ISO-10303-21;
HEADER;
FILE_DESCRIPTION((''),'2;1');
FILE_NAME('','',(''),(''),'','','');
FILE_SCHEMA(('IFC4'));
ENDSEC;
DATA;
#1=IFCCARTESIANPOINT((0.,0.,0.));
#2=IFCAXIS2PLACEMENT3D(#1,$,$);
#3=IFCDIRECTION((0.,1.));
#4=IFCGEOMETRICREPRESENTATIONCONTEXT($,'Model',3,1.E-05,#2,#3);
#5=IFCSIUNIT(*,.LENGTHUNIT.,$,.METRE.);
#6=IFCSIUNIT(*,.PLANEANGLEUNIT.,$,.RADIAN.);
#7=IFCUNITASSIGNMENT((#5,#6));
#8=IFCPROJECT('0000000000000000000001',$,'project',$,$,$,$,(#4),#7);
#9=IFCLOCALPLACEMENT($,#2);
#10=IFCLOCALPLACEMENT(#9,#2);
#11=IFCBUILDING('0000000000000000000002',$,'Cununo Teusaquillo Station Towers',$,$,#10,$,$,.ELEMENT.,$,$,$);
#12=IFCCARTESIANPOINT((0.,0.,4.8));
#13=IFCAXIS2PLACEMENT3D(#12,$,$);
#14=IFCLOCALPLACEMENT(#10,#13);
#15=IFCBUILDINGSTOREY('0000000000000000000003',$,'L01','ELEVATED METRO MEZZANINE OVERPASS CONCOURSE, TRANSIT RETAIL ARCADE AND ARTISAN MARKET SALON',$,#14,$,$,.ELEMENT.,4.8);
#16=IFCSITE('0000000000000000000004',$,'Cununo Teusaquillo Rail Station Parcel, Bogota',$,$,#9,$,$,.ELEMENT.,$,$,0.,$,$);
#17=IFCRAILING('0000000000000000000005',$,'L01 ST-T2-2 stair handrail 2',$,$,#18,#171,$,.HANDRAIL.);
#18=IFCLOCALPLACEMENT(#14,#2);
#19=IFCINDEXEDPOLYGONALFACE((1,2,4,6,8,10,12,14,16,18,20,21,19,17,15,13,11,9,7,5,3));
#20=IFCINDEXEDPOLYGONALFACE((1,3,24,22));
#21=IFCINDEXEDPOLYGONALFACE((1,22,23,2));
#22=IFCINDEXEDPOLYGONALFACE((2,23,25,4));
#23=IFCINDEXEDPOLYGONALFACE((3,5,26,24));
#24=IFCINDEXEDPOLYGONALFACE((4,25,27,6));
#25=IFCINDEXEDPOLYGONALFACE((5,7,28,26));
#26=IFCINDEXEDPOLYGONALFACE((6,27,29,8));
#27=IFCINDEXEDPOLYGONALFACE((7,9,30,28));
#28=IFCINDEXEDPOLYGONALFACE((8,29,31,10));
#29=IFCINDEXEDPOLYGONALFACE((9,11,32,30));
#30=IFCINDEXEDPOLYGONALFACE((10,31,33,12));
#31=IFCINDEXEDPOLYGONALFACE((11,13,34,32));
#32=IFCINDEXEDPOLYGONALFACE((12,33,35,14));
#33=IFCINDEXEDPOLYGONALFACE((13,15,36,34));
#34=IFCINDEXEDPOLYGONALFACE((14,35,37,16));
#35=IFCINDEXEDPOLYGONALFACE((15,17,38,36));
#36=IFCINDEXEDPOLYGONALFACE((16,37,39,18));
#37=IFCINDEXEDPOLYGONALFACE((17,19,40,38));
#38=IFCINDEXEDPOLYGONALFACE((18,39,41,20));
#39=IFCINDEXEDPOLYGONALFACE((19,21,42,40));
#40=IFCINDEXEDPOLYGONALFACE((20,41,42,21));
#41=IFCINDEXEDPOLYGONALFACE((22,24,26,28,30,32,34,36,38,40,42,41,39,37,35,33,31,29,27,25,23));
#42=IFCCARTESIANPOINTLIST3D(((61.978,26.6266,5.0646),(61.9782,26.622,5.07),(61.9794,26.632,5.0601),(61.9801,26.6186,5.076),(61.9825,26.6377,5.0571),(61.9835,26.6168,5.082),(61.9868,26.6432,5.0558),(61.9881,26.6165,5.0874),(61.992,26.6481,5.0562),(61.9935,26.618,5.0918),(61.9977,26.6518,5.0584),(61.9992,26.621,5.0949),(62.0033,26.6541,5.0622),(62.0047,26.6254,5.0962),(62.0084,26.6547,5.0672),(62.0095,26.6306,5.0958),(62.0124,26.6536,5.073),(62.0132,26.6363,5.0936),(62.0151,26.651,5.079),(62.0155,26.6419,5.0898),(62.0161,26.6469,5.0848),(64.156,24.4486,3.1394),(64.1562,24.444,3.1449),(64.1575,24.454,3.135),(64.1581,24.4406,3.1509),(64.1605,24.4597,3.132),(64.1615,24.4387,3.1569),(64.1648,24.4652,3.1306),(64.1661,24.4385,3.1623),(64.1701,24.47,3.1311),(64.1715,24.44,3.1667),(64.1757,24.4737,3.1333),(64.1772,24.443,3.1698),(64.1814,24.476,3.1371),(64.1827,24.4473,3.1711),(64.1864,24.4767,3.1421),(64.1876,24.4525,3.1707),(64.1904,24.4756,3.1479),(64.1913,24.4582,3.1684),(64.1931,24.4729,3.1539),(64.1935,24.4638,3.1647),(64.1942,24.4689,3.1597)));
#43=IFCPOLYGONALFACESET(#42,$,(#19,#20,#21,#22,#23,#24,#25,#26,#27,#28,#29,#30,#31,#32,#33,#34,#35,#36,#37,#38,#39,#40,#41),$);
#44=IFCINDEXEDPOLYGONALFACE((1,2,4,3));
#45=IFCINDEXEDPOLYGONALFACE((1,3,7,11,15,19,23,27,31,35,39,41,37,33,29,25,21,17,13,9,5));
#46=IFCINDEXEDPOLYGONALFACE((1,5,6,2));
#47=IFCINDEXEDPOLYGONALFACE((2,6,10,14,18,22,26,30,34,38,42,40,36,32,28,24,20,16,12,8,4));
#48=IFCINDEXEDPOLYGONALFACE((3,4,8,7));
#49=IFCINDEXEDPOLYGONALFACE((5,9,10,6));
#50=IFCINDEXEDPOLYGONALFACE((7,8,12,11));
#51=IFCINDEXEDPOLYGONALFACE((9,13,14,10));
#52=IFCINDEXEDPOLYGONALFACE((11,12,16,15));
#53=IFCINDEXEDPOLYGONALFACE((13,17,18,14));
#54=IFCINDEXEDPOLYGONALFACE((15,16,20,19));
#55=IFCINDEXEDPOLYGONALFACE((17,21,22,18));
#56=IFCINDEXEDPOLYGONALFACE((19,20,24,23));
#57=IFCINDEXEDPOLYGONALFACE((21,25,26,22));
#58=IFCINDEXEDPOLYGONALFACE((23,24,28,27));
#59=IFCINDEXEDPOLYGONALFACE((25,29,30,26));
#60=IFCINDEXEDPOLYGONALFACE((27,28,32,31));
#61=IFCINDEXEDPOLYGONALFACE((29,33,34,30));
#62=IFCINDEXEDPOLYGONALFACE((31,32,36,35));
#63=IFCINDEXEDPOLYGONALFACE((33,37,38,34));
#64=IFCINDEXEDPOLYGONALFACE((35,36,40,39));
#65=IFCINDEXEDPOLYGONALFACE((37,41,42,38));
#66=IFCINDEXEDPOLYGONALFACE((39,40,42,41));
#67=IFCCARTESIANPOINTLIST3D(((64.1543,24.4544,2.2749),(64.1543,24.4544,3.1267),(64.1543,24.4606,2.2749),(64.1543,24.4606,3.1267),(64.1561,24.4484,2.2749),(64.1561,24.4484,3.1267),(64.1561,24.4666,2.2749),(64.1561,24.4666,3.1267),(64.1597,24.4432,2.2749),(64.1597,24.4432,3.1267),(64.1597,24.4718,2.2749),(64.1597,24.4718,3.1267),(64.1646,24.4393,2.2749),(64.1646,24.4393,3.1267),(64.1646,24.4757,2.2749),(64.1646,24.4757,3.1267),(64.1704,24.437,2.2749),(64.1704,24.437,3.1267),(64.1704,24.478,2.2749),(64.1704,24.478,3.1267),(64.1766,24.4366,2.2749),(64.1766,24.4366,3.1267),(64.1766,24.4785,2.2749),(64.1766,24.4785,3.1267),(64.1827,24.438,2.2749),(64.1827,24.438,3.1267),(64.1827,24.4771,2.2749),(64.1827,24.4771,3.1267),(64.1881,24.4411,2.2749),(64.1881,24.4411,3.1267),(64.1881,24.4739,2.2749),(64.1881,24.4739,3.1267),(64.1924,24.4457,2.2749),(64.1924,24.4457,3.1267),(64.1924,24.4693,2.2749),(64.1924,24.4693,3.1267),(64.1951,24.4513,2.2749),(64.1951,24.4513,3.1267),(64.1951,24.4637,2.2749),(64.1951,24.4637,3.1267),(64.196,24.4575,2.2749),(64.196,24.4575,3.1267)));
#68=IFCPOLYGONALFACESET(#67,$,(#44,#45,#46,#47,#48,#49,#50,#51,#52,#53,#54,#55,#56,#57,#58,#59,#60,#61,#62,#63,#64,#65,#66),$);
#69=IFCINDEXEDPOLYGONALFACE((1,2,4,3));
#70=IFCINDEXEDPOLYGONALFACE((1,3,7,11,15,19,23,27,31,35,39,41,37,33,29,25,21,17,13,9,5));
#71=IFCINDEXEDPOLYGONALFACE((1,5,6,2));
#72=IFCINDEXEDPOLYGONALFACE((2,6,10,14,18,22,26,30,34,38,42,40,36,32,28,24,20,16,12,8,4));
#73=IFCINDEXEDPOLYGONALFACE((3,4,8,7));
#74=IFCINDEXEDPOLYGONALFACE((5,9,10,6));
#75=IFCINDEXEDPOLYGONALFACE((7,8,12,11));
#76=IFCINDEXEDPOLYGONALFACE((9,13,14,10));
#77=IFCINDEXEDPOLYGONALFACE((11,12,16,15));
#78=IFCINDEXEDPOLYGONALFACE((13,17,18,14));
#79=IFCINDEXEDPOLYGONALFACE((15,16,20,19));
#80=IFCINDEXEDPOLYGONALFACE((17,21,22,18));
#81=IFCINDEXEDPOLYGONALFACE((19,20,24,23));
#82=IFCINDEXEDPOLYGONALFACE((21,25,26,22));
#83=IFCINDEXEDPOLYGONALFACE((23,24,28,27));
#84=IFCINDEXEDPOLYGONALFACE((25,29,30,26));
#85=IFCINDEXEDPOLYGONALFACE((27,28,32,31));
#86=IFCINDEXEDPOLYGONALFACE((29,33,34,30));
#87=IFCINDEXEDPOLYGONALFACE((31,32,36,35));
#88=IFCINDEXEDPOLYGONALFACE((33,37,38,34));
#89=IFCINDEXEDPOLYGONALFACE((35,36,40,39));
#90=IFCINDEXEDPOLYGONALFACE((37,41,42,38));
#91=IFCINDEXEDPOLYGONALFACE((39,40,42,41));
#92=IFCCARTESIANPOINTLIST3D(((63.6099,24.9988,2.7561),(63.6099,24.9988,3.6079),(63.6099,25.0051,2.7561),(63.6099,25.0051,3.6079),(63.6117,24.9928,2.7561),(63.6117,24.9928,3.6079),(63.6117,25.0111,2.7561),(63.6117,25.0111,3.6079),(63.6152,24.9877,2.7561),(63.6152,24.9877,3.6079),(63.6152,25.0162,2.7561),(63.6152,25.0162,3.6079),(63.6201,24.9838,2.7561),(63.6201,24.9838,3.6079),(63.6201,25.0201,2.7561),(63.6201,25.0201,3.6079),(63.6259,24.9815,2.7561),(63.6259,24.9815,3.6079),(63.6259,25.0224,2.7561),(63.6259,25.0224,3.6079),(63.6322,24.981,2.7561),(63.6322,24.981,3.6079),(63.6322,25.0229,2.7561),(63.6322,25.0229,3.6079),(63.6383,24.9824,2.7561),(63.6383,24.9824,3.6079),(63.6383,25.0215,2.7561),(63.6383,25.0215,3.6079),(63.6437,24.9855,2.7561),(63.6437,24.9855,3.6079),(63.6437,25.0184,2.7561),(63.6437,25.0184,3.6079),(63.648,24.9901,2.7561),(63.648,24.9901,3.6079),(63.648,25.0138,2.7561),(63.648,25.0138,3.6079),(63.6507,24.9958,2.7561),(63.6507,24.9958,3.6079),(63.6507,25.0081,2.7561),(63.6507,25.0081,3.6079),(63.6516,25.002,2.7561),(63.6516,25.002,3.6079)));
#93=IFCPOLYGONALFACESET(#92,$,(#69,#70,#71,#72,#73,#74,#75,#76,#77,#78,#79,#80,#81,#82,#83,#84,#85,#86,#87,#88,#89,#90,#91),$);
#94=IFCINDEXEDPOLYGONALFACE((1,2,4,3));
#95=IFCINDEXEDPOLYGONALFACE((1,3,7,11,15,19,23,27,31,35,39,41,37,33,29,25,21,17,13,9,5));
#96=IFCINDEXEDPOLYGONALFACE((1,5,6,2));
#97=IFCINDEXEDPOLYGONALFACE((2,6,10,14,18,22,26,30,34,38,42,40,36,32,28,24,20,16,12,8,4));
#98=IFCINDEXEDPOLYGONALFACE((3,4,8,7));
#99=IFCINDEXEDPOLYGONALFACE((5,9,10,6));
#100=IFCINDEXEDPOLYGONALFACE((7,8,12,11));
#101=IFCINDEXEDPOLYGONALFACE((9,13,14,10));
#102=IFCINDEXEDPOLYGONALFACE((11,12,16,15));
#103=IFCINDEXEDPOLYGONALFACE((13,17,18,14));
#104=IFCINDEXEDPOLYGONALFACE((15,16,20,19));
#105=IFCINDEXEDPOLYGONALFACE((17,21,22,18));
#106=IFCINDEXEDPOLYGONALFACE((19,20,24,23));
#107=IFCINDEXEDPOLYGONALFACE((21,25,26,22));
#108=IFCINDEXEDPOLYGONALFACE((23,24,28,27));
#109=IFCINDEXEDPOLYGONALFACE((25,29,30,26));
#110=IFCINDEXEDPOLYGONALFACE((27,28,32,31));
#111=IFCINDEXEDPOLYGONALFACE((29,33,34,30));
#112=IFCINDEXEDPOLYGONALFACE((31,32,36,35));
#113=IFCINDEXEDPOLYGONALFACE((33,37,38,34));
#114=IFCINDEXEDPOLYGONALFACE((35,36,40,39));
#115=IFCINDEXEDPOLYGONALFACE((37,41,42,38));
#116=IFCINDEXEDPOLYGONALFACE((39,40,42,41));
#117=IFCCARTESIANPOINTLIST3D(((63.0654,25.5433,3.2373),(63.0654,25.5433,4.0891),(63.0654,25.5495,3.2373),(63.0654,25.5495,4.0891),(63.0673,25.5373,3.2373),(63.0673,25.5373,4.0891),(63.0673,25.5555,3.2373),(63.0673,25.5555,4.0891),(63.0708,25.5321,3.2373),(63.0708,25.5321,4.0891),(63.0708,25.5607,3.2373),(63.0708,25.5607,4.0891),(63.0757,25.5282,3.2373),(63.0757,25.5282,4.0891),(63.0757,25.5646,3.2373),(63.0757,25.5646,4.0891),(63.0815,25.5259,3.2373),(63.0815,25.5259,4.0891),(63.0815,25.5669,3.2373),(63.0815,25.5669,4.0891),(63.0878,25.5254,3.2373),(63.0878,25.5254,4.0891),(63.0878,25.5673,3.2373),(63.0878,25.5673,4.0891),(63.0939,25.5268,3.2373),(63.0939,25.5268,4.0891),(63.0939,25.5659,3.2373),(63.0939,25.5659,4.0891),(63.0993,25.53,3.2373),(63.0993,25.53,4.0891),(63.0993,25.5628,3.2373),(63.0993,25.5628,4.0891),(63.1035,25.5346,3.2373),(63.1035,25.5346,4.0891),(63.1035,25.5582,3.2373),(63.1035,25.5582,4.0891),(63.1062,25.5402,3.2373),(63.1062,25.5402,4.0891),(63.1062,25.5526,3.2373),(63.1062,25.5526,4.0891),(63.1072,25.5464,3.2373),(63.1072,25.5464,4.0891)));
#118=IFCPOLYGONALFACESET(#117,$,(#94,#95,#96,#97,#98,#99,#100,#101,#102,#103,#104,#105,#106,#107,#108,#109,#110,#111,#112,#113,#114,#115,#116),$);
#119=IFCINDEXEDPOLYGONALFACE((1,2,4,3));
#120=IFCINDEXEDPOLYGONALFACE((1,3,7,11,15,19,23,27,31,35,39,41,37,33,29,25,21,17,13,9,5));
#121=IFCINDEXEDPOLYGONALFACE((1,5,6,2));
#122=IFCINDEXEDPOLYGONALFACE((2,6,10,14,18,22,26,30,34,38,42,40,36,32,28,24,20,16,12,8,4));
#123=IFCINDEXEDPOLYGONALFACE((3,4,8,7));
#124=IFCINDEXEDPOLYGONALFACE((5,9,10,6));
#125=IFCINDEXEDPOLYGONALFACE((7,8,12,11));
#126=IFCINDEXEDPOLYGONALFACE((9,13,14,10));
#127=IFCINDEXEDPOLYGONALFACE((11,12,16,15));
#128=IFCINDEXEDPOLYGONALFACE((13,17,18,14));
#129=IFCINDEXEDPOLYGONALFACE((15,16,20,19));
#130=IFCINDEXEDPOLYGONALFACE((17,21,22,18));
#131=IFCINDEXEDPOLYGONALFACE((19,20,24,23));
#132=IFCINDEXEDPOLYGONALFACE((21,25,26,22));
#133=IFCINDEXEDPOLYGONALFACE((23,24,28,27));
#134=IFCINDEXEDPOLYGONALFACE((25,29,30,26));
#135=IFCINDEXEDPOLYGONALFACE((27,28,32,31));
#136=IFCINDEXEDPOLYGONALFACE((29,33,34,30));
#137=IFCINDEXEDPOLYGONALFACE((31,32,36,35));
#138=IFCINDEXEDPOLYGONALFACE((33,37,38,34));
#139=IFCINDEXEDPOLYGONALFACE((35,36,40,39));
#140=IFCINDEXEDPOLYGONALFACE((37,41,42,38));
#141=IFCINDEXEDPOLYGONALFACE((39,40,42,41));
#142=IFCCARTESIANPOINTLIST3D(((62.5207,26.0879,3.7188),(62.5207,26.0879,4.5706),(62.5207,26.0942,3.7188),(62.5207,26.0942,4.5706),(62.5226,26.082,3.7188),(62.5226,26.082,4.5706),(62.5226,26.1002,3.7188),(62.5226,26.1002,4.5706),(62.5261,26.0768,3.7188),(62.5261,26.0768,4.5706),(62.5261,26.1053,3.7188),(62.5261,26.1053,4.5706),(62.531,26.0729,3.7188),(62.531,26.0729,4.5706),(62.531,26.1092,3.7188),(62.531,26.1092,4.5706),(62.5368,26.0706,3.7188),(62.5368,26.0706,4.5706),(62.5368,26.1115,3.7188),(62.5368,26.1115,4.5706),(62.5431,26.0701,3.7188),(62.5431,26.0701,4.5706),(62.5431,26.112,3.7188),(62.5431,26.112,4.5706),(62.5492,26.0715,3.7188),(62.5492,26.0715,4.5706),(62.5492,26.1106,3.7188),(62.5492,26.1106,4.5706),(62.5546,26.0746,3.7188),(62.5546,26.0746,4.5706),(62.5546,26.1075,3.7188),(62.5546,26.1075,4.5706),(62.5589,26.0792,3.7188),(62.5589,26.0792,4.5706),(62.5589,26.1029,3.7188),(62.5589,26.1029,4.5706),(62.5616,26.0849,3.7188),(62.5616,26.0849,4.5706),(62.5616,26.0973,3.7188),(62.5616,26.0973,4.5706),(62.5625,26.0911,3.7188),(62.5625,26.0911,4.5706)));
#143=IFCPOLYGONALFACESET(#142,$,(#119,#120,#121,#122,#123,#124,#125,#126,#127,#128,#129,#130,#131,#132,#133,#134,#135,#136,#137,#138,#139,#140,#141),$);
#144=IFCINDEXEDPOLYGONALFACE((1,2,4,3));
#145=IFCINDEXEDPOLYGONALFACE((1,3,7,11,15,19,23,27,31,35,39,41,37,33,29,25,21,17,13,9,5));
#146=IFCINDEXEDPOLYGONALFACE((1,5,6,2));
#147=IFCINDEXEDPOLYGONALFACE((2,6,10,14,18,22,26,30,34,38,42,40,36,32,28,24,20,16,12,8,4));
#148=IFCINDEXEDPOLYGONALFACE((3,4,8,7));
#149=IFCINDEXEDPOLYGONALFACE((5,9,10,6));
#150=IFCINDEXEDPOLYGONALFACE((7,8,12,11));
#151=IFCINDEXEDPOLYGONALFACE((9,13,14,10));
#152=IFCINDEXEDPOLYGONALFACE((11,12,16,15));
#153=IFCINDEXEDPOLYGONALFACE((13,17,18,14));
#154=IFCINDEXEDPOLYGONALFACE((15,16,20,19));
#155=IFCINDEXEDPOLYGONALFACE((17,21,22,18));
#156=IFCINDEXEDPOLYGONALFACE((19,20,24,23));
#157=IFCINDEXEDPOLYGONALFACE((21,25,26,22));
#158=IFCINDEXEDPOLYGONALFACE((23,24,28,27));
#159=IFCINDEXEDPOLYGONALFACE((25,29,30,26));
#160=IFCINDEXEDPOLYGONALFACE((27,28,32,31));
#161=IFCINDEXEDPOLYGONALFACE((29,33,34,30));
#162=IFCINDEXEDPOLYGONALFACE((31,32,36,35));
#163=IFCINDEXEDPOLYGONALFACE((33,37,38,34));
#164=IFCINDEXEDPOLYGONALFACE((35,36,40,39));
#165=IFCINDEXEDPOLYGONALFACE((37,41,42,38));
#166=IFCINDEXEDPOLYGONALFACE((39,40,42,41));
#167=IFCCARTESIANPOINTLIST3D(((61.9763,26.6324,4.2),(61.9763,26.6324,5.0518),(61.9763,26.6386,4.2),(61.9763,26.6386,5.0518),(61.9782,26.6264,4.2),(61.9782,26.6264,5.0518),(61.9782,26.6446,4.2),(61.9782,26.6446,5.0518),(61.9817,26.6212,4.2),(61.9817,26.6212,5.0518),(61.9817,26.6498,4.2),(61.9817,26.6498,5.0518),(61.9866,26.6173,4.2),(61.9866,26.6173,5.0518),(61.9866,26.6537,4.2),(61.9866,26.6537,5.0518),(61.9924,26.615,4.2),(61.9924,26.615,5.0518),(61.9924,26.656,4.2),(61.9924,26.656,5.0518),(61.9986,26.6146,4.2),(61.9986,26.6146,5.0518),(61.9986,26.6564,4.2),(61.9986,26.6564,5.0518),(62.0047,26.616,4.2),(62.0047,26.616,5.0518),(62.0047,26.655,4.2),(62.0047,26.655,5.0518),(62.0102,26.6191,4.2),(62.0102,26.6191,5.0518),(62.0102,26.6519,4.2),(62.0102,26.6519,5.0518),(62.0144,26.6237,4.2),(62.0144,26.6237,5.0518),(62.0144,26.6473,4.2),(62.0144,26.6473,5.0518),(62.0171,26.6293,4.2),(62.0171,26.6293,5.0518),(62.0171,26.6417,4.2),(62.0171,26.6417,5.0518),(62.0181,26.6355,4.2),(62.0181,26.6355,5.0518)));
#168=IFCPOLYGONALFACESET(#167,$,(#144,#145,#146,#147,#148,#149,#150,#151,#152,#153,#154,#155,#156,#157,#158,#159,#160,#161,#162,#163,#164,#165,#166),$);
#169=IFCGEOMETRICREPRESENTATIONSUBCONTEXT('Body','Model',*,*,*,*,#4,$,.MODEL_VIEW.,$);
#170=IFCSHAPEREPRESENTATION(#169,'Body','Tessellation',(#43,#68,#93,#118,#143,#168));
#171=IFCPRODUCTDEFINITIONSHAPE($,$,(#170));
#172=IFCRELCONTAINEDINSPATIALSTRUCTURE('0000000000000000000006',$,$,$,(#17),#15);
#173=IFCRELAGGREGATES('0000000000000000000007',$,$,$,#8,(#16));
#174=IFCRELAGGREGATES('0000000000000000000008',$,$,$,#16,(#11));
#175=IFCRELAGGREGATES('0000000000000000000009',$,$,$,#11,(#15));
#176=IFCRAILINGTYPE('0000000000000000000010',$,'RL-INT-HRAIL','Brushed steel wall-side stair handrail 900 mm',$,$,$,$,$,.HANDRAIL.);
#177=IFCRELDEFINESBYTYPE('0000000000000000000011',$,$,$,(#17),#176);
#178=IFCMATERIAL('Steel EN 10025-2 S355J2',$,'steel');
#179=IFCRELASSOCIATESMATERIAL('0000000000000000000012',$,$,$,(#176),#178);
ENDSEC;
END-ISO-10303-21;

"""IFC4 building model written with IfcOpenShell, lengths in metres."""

from ifc_helpers import new_model, si_unit, direction, frame, origin, origin_2d, place, context, subcontext, project, spatial, circle, extrude, material, type_object, element, save


model = new_model("IFC4")

# Units and contexts
model_context = context("Model", 3, precision=1e-05, world=origin(), true_north=direction((0.0, 1.0)))
body_context = subcontext(model_context, "Body", "Model", "MODEL_VIEW")
ifc_project = project(units=[si_unit("LENGTHUNIT", "METRE"), si_unit("PLANEANGLEUNIT", "RADIAN")], contexts=[model_context])

# Site, building, storey
site_placement = place(None, origin())
site = spatial("IfcSite", under=ifc_project, at=site_placement, Name="Cununo Teusaquillo Rail Station Parcel, Bogota", CompositionType="ELEMENT", RefElevation=0.0)
building_placement = place(site_placement, origin())
building = spatial("IfcBuilding", under=site, at=building_placement, Name="Cununo Teusaquillo Station Towers", CompositionType="ELEMENT")
storey_placement = place(building_placement, frame((0.0, 0.0, 4.8)))
storey = spatial("IfcBuildingStorey", under=building, at=storey_placement, Name="L01", Description="ELEVATED METRO MEZZANINE OVERPASS CONCOURSE, TRANSIT RETAIL ARCADE AND ARTISAN MARKET SALON", CompositionType="ELEMENT", Elevation=4.8)

# Railing
ifc_material_1 = material(Name="Steel EN 10025-2 S355J2", Category="steel")
railing_type_1 = type_object("IfcRailingType", Name="RL-INT-HRAIL", Description="Brushed steel wall-side stair handrail 900 mm", PredefinedType="HANDRAIL", material=ifc_material_1)
railing_1_placement = place(storey_placement, frame((64.175, 24.4575, 2.2749)))
element("IfcRailing", 1, at=railing_1_placement, inside=storey, type_object=railing_type_1, Name="L01 ST-T2-2 stair handrail 2", PredefinedType="HANDRAIL", context=body_context, shape_type="SweptSolid", body=[
    extrude(circle(Radius=0.0239, at=origin_2d()), frame((0.0, 0.0, 0.876), z_axis=(-0.599628, 0.599628, 0.529993), x_axis=(-0.707107, -0.707107, 0.0)), (0.0, 0.0, 1.0), 3.6323),
    extrude(circle(Radius=0.021, at=origin_2d()), origin(), (0.0, 0.0, 1.0), 0.8518),
    extrude(circle(Radius=0.021, at=origin_2d()), frame((-0.5444, 0.5444, 0.4812)), (0.0, 0.0, 1.0), 0.8518),
    extrude(circle(Radius=0.021, at=origin_2d()), frame((-1.0889, 1.0889, 0.9624)), (0.0, 0.0, 1.0), 0.8518),
    extrude(circle(Radius=0.021, at=origin_2d()), frame((-1.6335, 1.6335, 1.4438)), (0.0, 0.0, 1.0), 0.8518),
    extrude(circle(Radius=0.021, at=origin_2d()), frame((-2.178, 2.178, 1.925)), (0.0, 0.0, 1.0), 0.8518),
])

save(model, "model.ifc")
